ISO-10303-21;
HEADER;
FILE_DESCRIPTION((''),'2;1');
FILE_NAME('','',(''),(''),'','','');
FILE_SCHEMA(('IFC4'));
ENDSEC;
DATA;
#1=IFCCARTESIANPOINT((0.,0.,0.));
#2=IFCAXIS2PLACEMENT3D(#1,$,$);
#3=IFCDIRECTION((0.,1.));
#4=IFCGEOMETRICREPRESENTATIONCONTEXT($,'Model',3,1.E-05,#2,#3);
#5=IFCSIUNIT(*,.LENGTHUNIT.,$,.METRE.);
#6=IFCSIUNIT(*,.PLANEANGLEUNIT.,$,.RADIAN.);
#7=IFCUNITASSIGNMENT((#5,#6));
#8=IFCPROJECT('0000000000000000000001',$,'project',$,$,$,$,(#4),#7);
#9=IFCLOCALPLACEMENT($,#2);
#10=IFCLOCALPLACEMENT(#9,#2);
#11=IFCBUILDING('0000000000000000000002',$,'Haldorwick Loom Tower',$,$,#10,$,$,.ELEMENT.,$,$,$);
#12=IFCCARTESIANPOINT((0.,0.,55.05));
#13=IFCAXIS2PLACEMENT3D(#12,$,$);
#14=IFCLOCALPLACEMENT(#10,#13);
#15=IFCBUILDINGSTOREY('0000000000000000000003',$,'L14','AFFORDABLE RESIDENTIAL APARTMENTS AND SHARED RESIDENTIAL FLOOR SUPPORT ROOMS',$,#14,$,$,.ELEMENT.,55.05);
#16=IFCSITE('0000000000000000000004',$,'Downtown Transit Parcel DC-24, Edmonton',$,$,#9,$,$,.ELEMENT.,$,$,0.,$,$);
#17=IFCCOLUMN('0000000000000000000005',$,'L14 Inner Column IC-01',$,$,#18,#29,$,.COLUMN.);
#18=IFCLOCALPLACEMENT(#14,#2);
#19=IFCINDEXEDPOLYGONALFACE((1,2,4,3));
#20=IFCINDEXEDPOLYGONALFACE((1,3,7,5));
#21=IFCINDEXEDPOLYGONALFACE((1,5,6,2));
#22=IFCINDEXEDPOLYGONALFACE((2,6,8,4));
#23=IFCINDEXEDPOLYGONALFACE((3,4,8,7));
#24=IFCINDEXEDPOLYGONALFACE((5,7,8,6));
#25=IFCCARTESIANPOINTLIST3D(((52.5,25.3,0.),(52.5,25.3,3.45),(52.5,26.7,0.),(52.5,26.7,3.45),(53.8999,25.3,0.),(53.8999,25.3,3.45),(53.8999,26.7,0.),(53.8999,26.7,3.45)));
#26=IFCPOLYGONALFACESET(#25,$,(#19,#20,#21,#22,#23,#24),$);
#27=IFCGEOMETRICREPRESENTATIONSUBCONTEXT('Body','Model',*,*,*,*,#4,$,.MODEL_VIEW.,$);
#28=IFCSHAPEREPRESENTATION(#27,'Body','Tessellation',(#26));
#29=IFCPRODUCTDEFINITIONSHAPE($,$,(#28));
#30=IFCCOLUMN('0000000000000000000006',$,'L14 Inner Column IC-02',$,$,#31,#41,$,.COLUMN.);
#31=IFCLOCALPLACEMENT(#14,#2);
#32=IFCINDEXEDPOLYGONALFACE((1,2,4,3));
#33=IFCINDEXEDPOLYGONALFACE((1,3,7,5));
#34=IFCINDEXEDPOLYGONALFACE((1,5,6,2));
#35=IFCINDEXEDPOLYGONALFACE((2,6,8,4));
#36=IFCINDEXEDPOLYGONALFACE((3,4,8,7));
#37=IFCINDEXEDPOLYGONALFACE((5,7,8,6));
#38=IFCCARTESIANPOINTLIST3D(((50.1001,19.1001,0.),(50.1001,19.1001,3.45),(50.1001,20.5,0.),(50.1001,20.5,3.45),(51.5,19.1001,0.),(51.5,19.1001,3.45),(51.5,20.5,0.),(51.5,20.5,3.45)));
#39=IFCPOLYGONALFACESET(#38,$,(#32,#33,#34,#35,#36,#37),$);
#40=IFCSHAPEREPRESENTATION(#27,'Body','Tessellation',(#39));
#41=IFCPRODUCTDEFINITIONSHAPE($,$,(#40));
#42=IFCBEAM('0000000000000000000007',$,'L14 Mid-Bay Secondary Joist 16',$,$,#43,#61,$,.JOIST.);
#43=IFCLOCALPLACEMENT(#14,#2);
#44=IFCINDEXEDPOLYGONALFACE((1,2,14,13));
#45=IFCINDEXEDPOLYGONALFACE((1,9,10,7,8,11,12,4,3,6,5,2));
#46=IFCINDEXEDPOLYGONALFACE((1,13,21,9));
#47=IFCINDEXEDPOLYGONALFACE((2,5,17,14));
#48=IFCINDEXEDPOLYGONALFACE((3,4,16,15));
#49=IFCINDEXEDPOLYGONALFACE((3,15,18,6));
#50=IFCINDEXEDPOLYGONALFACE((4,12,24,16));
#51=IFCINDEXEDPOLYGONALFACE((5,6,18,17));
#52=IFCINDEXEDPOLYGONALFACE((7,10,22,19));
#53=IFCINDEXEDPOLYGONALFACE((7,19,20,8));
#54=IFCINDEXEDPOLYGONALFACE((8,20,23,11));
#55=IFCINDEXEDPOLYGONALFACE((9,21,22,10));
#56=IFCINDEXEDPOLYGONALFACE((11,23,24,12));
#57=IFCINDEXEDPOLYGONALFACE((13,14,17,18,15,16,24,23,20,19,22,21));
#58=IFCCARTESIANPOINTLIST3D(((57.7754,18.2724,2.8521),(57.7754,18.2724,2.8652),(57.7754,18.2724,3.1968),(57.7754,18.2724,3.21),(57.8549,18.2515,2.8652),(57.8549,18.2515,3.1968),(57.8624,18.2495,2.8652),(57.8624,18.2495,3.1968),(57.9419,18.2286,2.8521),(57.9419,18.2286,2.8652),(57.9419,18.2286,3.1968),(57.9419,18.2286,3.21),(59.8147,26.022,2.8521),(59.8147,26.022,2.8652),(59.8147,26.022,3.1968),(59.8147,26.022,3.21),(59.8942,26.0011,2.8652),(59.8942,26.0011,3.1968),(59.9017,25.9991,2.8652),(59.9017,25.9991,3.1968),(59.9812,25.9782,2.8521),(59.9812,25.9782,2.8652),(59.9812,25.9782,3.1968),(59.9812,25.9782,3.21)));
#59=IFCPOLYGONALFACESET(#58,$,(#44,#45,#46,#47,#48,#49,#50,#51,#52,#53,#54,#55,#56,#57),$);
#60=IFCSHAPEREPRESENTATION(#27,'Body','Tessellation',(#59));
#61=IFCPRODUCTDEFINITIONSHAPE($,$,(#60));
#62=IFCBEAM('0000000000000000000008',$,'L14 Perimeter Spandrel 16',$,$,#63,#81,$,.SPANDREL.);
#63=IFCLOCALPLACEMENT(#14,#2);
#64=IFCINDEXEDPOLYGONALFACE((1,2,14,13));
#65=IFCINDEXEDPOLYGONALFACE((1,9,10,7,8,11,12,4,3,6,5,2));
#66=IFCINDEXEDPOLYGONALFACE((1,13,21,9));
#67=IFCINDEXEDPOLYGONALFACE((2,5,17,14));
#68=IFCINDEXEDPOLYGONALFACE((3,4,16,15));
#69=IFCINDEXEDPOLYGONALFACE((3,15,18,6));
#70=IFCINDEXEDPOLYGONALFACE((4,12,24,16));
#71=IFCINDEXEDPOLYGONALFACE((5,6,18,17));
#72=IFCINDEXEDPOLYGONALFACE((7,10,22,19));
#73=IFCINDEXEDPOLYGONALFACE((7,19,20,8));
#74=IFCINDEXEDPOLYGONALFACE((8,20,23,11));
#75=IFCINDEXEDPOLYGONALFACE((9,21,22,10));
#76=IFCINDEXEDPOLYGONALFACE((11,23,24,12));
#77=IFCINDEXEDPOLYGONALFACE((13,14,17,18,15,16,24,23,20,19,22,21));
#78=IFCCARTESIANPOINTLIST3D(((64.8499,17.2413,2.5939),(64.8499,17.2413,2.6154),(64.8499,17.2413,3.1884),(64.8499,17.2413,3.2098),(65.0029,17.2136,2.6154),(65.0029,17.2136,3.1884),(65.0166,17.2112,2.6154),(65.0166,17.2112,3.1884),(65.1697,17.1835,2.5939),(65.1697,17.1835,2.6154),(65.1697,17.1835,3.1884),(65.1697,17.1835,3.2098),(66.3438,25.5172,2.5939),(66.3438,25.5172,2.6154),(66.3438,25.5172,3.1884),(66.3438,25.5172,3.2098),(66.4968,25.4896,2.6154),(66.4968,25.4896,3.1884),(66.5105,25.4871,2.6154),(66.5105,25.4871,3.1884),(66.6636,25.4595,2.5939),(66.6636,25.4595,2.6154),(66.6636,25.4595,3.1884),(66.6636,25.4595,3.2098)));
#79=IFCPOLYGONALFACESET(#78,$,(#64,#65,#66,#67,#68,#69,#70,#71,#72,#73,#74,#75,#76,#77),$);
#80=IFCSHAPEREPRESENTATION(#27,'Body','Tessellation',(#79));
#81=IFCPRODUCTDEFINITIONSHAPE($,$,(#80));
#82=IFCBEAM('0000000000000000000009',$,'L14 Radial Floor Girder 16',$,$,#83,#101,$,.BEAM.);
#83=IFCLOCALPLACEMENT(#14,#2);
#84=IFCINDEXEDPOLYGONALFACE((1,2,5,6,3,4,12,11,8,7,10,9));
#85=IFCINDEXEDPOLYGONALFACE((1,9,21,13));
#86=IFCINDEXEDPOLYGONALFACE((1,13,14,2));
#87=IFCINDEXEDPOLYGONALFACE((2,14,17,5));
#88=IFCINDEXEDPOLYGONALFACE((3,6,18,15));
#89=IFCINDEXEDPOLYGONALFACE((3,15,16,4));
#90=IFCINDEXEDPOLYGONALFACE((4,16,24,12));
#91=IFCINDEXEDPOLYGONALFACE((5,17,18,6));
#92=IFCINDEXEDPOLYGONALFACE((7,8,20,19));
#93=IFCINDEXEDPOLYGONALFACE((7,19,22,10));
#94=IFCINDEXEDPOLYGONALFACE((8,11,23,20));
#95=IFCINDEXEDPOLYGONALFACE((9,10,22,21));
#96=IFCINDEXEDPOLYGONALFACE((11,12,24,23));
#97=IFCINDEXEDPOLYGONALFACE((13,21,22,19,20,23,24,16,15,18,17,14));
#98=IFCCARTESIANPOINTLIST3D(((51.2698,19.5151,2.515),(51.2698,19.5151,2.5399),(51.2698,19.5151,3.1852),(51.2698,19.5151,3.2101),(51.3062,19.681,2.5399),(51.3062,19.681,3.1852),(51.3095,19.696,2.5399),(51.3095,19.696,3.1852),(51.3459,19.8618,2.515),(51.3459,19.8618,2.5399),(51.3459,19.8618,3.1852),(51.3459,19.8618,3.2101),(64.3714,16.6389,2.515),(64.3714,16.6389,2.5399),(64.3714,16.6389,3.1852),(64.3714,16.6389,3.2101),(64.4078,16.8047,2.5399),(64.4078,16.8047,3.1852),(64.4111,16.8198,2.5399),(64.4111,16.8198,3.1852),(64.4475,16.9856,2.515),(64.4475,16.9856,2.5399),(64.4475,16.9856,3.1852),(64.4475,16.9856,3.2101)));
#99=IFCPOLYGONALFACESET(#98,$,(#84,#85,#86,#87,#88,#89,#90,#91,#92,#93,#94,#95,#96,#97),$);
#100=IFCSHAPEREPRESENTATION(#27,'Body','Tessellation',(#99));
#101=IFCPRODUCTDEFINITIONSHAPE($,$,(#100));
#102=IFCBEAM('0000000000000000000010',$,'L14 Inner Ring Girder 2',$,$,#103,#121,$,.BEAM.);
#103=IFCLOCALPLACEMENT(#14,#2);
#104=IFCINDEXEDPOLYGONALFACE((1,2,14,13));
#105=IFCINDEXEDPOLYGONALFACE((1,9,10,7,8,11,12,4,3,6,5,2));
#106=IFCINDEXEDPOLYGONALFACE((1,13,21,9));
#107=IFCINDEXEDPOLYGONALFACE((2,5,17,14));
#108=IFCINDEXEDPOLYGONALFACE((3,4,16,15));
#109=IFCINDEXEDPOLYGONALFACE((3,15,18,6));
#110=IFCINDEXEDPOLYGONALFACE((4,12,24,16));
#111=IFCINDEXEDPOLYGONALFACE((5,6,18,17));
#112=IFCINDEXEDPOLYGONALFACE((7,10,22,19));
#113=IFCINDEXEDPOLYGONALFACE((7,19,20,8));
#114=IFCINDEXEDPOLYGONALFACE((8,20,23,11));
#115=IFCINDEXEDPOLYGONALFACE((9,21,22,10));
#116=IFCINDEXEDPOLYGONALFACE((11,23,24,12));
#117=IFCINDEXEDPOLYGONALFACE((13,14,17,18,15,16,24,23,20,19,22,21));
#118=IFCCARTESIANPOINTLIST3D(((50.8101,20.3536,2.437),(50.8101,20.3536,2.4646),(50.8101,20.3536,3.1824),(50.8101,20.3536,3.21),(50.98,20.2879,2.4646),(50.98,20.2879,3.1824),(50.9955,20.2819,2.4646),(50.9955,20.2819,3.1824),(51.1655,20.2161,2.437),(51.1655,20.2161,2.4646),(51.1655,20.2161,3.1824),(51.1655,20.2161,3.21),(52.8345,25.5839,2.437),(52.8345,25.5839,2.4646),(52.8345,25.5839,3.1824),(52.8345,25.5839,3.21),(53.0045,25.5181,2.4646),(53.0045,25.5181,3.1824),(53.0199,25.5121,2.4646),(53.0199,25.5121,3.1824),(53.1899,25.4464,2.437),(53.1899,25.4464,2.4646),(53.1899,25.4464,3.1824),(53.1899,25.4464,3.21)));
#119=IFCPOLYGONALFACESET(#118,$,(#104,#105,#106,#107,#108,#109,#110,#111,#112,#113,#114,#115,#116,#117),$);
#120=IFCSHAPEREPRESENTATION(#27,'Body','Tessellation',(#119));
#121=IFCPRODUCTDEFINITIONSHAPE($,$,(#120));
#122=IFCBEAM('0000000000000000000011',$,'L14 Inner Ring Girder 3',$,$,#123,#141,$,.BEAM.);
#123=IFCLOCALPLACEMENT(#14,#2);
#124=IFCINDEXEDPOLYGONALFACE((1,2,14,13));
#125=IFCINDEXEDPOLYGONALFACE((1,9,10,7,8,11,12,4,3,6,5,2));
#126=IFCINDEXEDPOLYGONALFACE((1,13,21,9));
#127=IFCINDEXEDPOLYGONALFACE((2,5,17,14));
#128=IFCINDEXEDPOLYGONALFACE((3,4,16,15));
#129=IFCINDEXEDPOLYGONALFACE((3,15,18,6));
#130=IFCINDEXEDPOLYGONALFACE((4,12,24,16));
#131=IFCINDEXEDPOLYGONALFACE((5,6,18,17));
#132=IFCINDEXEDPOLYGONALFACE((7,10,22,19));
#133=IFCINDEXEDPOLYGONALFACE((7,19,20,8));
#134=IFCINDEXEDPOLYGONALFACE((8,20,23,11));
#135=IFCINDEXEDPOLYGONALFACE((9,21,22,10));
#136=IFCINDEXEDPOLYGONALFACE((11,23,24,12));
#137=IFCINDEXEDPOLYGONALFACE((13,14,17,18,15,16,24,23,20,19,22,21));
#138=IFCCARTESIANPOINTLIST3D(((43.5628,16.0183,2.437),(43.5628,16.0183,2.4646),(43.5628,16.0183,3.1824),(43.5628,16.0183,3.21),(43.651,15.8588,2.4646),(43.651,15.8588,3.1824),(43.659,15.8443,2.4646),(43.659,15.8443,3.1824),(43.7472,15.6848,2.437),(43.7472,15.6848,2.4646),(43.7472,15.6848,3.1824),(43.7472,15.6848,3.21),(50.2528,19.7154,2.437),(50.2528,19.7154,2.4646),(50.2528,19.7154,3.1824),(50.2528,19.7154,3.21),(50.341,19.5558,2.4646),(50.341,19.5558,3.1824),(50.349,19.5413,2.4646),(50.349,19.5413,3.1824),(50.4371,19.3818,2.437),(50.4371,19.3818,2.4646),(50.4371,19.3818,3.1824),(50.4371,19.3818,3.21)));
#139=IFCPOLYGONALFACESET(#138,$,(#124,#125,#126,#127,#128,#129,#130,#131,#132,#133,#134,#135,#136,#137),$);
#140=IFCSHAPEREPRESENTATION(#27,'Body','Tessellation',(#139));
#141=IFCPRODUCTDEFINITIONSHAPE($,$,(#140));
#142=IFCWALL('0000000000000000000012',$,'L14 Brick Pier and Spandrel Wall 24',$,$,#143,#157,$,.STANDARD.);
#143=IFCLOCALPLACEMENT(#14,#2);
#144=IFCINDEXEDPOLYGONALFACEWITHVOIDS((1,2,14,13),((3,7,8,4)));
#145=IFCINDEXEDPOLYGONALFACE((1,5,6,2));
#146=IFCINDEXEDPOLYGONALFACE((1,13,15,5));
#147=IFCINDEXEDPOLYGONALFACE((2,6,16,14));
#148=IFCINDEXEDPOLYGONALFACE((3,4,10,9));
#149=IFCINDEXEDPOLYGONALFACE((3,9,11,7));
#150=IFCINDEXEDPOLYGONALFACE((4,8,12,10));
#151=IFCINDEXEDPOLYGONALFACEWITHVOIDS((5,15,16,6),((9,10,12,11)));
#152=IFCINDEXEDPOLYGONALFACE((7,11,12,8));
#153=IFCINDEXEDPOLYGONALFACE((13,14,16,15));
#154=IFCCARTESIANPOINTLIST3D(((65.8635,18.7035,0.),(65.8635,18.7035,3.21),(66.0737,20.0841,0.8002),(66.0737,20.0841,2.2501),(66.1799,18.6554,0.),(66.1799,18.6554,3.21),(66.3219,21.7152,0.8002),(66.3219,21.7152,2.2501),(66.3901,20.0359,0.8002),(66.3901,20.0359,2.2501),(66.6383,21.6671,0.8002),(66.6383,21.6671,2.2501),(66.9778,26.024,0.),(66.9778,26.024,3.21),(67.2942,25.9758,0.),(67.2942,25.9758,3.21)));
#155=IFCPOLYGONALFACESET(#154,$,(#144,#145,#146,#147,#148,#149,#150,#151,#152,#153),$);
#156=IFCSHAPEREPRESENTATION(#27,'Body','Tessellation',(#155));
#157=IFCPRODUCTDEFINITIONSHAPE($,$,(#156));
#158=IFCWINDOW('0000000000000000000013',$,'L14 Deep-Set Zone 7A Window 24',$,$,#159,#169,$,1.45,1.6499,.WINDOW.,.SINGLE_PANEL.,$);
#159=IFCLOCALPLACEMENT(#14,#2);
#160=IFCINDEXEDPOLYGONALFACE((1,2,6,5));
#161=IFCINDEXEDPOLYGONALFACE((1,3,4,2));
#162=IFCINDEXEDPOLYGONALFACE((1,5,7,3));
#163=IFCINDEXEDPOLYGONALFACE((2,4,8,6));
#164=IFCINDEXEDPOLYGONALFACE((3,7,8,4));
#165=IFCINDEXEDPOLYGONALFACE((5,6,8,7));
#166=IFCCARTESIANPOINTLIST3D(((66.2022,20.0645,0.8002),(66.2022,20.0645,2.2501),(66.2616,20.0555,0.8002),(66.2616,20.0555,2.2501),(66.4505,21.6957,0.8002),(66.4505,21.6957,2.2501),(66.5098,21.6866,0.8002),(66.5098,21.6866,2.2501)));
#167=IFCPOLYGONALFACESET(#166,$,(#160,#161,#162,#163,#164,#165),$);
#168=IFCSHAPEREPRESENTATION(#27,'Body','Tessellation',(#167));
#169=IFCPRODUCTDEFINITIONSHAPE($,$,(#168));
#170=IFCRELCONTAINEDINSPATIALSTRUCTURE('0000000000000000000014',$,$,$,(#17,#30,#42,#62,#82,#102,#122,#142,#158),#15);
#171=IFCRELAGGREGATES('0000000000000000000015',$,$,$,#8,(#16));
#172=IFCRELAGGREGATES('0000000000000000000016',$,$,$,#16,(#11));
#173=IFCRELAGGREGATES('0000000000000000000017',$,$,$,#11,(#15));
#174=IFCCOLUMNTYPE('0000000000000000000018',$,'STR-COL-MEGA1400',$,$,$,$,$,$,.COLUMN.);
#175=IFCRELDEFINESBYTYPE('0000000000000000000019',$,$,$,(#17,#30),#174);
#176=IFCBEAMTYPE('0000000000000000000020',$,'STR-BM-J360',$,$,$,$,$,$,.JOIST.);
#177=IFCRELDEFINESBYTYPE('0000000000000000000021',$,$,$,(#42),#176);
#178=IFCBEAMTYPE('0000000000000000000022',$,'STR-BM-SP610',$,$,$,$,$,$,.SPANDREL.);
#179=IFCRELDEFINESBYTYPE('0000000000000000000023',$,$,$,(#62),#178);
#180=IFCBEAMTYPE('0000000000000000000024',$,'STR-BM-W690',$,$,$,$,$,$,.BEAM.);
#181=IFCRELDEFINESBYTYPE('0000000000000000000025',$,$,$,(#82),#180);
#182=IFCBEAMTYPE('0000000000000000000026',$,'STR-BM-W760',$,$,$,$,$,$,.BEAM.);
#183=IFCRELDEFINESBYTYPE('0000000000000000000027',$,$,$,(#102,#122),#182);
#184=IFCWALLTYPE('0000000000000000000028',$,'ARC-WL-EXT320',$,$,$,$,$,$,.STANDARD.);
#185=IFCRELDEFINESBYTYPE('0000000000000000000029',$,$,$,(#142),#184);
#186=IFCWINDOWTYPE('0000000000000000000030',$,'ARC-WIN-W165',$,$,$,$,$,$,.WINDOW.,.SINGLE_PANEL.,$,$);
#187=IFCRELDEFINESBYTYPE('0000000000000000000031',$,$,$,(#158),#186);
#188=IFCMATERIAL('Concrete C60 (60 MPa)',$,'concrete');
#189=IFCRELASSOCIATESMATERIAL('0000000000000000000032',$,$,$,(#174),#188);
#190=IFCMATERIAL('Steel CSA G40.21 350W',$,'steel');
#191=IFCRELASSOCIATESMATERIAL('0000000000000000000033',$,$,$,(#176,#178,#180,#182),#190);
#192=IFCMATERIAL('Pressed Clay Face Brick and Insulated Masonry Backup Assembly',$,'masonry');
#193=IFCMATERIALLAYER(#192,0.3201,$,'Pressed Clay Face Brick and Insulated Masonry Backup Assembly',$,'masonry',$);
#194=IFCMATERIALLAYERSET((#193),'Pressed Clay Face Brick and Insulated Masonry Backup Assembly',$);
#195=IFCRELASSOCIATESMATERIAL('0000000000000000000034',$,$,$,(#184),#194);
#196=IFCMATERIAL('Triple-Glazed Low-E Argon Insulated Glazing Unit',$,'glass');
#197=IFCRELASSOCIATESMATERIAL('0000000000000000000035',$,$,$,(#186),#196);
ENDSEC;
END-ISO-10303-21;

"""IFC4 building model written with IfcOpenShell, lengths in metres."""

from ifc_helpers import new_model, si_unit, direction, frame, frame_2d, origin, origin_2d, place, context, subcontext, project, spatial, rectangle, i_section, extrude, material, layer, layer_set, material_profile, profile_set, type_object, element, fill, save


model = new_model("IFC4")

# Units and contexts
model_context = context("Model", 3, precision=1e-05, world=origin(), true_north=direction((0.0, 1.0)))
body_context = subcontext(model_context, "Body", "Model", "MODEL_VIEW")
ifc_project = project(units=[si_unit("LENGTHUNIT", "METRE"), si_unit("PLANEANGLEUNIT", "RADIAN")], contexts=[model_context])

# Site, building, storey
site_placement = place(None, origin())
site = spatial("IfcSite", under=ifc_project, at=site_placement, Name="Downtown Transit Parcel DC-24, Edmonton", CompositionType="ELEMENT", RefElevation=0.0)
building_placement = place(site_placement, origin())
building = spatial("IfcBuilding", under=site, at=building_placement, Name="Haldorwick Loom Tower", CompositionType="ELEMENT")
storey_placement = place(building_placement, frame((0.0, 0.0, 55.05)))
storey = spatial("IfcBuildingStorey", under=building, at=storey_placement, Name="L14", Description="AFFORDABLE RESIDENTIAL APARTMENTS AND SHARED RESIDENTIAL FLOOR SUPPORT ROOMS", CompositionType="ELEMENT", Elevation=55.05)

# Columns
ifc_material_1 = material(Name="Concrete C60 (60 MPa)", Category="concrete")
ifc_material_profile_1 = material_profile(ifc_material_1, rectangle(XDim=1.3999, YDim=1.3999, at=origin_2d()), Name="RC1400X1400", Category="concrete")
ifc_profile_set_1 = profile_set([ifc_material_profile_1], Name="Concrete C60 (60 MPa)")
column_type = type_object("IfcColumnType", Name="STR-COL-MEGA1400", PredefinedType="COLUMN", material=ifc_profile_set_1)
for number, where, z_axis, x_axis, name in (
    (1, (53.2, 26.0, 0.0), (0.0, 0.0, 1.0), (1.0, 0.0, 0.0), "L14 Inner Column IC-01"),
    (2, (50.8, 19.8, 0.0), (0.0, 0.0, 1.0), (1.0, 0.0, 0.0), "L14 Inner Column IC-02"),
):
    element("IfcColumn", number, at=place(storey_placement, frame(where, z_axis=z_axis, x_axis=x_axis)), inside=storey, type_object=column_type, Name=name, PredefinedType="COLUMN", context=body_context, shape_type="SweptSolid", body=[
        extrude(rectangle(XDim=1.3999, YDim=1.3999, at=origin_2d()), origin(), (0.0, 0.0, 1.0), 3.45),
    ])

# Beams
ifc_material_2 = material(Name="Steel CSA G40.21 350W", Category="steel")
ifc_material_profile_2 = material_profile(ifc_material_2, i_section(OverallWidth=0.1721, OverallDepth=0.3579, WebThickness=0.0078, FlangeThickness=0.0132, at=origin_2d()), Name="W360X57", Category="steel")
ifc_profile_set_2 = profile_set([ifc_material_profile_2], Name="Steel CSA G40.21 350W")
beam_type_1 = type_object("IfcBeamType", Name="STR-BM-J360", PredefinedType="JOIST", material=ifc_profile_set_2)
beam_1_placement = place(storey_placement, frame((57.8586, 18.2505, 3.031), z_axis=(0.254489, 0.967076, 0.0), x_axis=(-0.967076, 0.254489, 0.0)))
element("IfcBeam", 3, at=beam_1_placement, inside=storey, type_object=beam_type_1, Name="L14 Mid-Bay Secondary Joist 16", PredefinedType="JOIST", context=body_context, shape_type="SweptSolid", body=[
    extrude(i_section(OverallWidth=0.1721, OverallDepth=0.3579, WebThickness=0.0078, FlangeThickness=0.0132, at=origin_2d()), origin(), (0.0, 0.0, 1.0), 8.0134),
])
ifc_material_profile_3 = material_profile(ifc_material_2, i_section(OverallWidth=0.325, OverallDepth=0.616, WebThickness=0.0139, FlangeThickness=0.0215, at=origin_2d()), Name="W610X174", Category="steel")
ifc_profile_set_3 = profile_set([ifc_material_profile_3], Name="Steel CSA G40.21 350W")
beam_type_2 = type_object("IfcBeamType", Name="STR-BM-SP610", PredefinedType="SPANDREL", material=ifc_profile_set_3)
beam_2_placement = place(storey_placement, frame((65.0098, 17.2124, 2.9019), z_axis=(0.177641, 0.984095, 0.0), x_axis=(-0.984095, 0.177641, 0.0)))
element("IfcBeam", 4, at=beam_2_placement, inside=storey, type_object=beam_type_2, Name="L14 Perimeter Spandrel 16", PredefinedType="SPANDREL", context=body_context, shape_type="SweptSolid", body=[
    extrude(i_section(OverallWidth=0.325, OverallDepth=0.616, WebThickness=0.0139, FlangeThickness=0.0215, at=origin_2d()), origin(), (0.0, 0.0, 1.0), 8.4097),
])
ifc_material_profile_4 = material_profile(ifc_material_2, i_section(OverallWidth=0.355, OverallDepth=0.6951, WebThickness=0.0154, FlangeThickness=0.0249, at=origin_2d()), Name="W690X217", Category="steel")
ifc_profile_set_4 = profile_set([ifc_material_profile_4], Name="Steel CSA G40.21 350W")
beam_type_3 = type_object("IfcBeamType", Name="STR-BM-W690", PredefinedType="BEAM", material=ifc_profile_set_4)
beam_3_placement = place(storey_placement, frame((51.3079, 19.6885, 2.8625), z_axis=(0.97674, -0.214426, 0.0), x_axis=(0.214426, 0.97674, 0.0)))
element("IfcBeam", 5, at=beam_3_placement, inside=storey, type_object=beam_type_3, Name="L14 Radial Floor Girder 16", PredefinedType="BEAM", context=body_context, shape_type="SweptSolid", body=[
    extrude(i_section(OverallWidth=0.355, OverallDepth=0.6951, WebThickness=0.0154, FlangeThickness=0.0249, at=origin_2d()), origin(), (0.0, 0.0, 1.0), 13.4136),
])
ifc_material_profile_5 = material_profile(ifc_material_2, i_section(OverallWidth=0.3811, OverallDepth=0.7729, WebThickness=0.0166, FlangeThickness=0.0276, at=origin_2d()), Name="W760X257", Category="steel")
ifc_profile_set_5 = profile_set([ifc_material_profile_5], Name="Steel CSA G40.21 350W")
beam_type_4 = type_object("IfcBeamType", Name="STR-BM-W760", PredefinedType="BEAM", material=ifc_profile_set_5)
beam_4_placement = place(storey_placement, frame((53.0122, 25.5151, 2.8235), z_axis=(-0.360965, -0.932579, 0.0), x_axis=(0.932579, -0.360965, 0.0)))
element("IfcBeam", 6, at=beam_4_placement, inside=storey, type_object=beam_type_4, Name="L14 Inner Ring Girder 2", PredefinedType="BEAM", context=body_context, shape_type="SweptSolid", body=[
    extrude(i_section(OverallWidth=0.3811, OverallDepth=0.7729, WebThickness=0.0166, FlangeThickness=0.0276, at=origin_2d()), origin(), (0.0, 0.0, 1.0), 5.6084),
])
beam_5_placement = place(storey_placement, frame((50.345, 19.5486, 2.8235), z_axis=(-0.875244, -0.483681, 0.0), x_axis=(0.483681, -0.875244, 0.0)))
element("IfcBeam", 7, at=beam_5_placement, inside=storey, type_object=beam_type_4, Name="L14 Inner Ring Girder 3", PredefinedType="BEAM", context=body_context, shape_type="SweptSolid", body=[
    extrude(i_section(OverallWidth=0.3811, OverallDepth=0.7729, WebThickness=0.0166, FlangeThickness=0.0276, at=origin_2d()), origin(), (0.0, 0.0, 1.0), 7.6436),
])

# Wall, opening, window
ifc_material_3 = material(Name="Pressed Clay Face Brick and Insulated Masonry Backup Assembly", Category="masonry")
ifc_layer_1 = layer(ifc_material_3, 0.3201, Name="Pressed Clay Face Brick and Insulated Masonry Backup Assembly", Category="masonry")
ifc_layer_set_1 = layer_set([ifc_layer_1], Name="Pressed Clay Face Brick and Insulated Masonry Backup Assembly")
wall_type_1 = type_object("IfcWallType", Name="ARC-WL-EXT320", PredefinedType="STANDARD", material=ifc_layer_set_1)
wall_1_placement = place(storey_placement, frame((66.0217, 18.6794, 0.0), z_axis=(0.0, 0.0, 1.0), x_axis=(0.150476, 0.988614, 0.0)))
wall_1 = element("IfcWall", 8, at=wall_1_placement, inside=storey, type_object=wall_type_1, Name="L14 Brick Pier and Spandrel Wall 24", PredefinedType="STANDARD", context=body_context, shape_type="SweptSolid", body=[
    extrude(rectangle(XDim=7.4048, YDim=0.3201, at=frame_2d((3.7024, 0.0))), origin(), (0.0, 0.0, 1.0), 3.21),
])
opening_1_placement = place(wall_1_placement, frame((1.3965, 0.0, 0.8)))
opening_1 = element("IfcOpeningElement", 9, at=opening_1_placement, cuts=wall_1, PredefinedType="OPENING", context=body_context, shape_type="SweptSolid", body=[
    extrude(rectangle(XDim=1.6499, YDim=1.45, at=frame_2d((0.825, 0.7251))), frame((0.0, 0.1699, 0.0), z_axis=(0.0, -1.0, 0.0), x_axis=(1.0, 0.0, 0.0)), (0.0, 0.0, 1.0), 0.3401),
])
ifc_material_4 = material(Name="Triple-Glazed Low-E Argon Insulated Glazing Unit", Category="glass")
window_type = type_object("IfcWindowType", Name="ARC-WIN-W165", PartitioningType="SINGLE_PANEL", PredefinedType="WINDOW", material=ifc_material_4)
window_placement = place(opening_1_placement, origin())
window = element("IfcWindow", 10, at=window_placement, inside=storey, type_object=window_type, Name="L14 Deep-Set Zone 7A Window 24", OverallHeight=1.45, OverallWidth=1.6499, PartitioningType="SINGLE_PANEL", PredefinedType="WINDOW", context=body_context, shape_type="SweptSolid", body=[
    extrude(rectangle(XDim=1.6499, YDim=1.45, at=frame_2d((0.825, 0.7251))), frame((0.0, 0.03, 0.0), z_axis=(0.0, -1.0, 0.0), x_axis=(1.0, 0.0, 0.0)), (0.0, 0.0, 1.0), 0.0601),
])
fill(opening_1, window)

save(model, "model.ifc")
